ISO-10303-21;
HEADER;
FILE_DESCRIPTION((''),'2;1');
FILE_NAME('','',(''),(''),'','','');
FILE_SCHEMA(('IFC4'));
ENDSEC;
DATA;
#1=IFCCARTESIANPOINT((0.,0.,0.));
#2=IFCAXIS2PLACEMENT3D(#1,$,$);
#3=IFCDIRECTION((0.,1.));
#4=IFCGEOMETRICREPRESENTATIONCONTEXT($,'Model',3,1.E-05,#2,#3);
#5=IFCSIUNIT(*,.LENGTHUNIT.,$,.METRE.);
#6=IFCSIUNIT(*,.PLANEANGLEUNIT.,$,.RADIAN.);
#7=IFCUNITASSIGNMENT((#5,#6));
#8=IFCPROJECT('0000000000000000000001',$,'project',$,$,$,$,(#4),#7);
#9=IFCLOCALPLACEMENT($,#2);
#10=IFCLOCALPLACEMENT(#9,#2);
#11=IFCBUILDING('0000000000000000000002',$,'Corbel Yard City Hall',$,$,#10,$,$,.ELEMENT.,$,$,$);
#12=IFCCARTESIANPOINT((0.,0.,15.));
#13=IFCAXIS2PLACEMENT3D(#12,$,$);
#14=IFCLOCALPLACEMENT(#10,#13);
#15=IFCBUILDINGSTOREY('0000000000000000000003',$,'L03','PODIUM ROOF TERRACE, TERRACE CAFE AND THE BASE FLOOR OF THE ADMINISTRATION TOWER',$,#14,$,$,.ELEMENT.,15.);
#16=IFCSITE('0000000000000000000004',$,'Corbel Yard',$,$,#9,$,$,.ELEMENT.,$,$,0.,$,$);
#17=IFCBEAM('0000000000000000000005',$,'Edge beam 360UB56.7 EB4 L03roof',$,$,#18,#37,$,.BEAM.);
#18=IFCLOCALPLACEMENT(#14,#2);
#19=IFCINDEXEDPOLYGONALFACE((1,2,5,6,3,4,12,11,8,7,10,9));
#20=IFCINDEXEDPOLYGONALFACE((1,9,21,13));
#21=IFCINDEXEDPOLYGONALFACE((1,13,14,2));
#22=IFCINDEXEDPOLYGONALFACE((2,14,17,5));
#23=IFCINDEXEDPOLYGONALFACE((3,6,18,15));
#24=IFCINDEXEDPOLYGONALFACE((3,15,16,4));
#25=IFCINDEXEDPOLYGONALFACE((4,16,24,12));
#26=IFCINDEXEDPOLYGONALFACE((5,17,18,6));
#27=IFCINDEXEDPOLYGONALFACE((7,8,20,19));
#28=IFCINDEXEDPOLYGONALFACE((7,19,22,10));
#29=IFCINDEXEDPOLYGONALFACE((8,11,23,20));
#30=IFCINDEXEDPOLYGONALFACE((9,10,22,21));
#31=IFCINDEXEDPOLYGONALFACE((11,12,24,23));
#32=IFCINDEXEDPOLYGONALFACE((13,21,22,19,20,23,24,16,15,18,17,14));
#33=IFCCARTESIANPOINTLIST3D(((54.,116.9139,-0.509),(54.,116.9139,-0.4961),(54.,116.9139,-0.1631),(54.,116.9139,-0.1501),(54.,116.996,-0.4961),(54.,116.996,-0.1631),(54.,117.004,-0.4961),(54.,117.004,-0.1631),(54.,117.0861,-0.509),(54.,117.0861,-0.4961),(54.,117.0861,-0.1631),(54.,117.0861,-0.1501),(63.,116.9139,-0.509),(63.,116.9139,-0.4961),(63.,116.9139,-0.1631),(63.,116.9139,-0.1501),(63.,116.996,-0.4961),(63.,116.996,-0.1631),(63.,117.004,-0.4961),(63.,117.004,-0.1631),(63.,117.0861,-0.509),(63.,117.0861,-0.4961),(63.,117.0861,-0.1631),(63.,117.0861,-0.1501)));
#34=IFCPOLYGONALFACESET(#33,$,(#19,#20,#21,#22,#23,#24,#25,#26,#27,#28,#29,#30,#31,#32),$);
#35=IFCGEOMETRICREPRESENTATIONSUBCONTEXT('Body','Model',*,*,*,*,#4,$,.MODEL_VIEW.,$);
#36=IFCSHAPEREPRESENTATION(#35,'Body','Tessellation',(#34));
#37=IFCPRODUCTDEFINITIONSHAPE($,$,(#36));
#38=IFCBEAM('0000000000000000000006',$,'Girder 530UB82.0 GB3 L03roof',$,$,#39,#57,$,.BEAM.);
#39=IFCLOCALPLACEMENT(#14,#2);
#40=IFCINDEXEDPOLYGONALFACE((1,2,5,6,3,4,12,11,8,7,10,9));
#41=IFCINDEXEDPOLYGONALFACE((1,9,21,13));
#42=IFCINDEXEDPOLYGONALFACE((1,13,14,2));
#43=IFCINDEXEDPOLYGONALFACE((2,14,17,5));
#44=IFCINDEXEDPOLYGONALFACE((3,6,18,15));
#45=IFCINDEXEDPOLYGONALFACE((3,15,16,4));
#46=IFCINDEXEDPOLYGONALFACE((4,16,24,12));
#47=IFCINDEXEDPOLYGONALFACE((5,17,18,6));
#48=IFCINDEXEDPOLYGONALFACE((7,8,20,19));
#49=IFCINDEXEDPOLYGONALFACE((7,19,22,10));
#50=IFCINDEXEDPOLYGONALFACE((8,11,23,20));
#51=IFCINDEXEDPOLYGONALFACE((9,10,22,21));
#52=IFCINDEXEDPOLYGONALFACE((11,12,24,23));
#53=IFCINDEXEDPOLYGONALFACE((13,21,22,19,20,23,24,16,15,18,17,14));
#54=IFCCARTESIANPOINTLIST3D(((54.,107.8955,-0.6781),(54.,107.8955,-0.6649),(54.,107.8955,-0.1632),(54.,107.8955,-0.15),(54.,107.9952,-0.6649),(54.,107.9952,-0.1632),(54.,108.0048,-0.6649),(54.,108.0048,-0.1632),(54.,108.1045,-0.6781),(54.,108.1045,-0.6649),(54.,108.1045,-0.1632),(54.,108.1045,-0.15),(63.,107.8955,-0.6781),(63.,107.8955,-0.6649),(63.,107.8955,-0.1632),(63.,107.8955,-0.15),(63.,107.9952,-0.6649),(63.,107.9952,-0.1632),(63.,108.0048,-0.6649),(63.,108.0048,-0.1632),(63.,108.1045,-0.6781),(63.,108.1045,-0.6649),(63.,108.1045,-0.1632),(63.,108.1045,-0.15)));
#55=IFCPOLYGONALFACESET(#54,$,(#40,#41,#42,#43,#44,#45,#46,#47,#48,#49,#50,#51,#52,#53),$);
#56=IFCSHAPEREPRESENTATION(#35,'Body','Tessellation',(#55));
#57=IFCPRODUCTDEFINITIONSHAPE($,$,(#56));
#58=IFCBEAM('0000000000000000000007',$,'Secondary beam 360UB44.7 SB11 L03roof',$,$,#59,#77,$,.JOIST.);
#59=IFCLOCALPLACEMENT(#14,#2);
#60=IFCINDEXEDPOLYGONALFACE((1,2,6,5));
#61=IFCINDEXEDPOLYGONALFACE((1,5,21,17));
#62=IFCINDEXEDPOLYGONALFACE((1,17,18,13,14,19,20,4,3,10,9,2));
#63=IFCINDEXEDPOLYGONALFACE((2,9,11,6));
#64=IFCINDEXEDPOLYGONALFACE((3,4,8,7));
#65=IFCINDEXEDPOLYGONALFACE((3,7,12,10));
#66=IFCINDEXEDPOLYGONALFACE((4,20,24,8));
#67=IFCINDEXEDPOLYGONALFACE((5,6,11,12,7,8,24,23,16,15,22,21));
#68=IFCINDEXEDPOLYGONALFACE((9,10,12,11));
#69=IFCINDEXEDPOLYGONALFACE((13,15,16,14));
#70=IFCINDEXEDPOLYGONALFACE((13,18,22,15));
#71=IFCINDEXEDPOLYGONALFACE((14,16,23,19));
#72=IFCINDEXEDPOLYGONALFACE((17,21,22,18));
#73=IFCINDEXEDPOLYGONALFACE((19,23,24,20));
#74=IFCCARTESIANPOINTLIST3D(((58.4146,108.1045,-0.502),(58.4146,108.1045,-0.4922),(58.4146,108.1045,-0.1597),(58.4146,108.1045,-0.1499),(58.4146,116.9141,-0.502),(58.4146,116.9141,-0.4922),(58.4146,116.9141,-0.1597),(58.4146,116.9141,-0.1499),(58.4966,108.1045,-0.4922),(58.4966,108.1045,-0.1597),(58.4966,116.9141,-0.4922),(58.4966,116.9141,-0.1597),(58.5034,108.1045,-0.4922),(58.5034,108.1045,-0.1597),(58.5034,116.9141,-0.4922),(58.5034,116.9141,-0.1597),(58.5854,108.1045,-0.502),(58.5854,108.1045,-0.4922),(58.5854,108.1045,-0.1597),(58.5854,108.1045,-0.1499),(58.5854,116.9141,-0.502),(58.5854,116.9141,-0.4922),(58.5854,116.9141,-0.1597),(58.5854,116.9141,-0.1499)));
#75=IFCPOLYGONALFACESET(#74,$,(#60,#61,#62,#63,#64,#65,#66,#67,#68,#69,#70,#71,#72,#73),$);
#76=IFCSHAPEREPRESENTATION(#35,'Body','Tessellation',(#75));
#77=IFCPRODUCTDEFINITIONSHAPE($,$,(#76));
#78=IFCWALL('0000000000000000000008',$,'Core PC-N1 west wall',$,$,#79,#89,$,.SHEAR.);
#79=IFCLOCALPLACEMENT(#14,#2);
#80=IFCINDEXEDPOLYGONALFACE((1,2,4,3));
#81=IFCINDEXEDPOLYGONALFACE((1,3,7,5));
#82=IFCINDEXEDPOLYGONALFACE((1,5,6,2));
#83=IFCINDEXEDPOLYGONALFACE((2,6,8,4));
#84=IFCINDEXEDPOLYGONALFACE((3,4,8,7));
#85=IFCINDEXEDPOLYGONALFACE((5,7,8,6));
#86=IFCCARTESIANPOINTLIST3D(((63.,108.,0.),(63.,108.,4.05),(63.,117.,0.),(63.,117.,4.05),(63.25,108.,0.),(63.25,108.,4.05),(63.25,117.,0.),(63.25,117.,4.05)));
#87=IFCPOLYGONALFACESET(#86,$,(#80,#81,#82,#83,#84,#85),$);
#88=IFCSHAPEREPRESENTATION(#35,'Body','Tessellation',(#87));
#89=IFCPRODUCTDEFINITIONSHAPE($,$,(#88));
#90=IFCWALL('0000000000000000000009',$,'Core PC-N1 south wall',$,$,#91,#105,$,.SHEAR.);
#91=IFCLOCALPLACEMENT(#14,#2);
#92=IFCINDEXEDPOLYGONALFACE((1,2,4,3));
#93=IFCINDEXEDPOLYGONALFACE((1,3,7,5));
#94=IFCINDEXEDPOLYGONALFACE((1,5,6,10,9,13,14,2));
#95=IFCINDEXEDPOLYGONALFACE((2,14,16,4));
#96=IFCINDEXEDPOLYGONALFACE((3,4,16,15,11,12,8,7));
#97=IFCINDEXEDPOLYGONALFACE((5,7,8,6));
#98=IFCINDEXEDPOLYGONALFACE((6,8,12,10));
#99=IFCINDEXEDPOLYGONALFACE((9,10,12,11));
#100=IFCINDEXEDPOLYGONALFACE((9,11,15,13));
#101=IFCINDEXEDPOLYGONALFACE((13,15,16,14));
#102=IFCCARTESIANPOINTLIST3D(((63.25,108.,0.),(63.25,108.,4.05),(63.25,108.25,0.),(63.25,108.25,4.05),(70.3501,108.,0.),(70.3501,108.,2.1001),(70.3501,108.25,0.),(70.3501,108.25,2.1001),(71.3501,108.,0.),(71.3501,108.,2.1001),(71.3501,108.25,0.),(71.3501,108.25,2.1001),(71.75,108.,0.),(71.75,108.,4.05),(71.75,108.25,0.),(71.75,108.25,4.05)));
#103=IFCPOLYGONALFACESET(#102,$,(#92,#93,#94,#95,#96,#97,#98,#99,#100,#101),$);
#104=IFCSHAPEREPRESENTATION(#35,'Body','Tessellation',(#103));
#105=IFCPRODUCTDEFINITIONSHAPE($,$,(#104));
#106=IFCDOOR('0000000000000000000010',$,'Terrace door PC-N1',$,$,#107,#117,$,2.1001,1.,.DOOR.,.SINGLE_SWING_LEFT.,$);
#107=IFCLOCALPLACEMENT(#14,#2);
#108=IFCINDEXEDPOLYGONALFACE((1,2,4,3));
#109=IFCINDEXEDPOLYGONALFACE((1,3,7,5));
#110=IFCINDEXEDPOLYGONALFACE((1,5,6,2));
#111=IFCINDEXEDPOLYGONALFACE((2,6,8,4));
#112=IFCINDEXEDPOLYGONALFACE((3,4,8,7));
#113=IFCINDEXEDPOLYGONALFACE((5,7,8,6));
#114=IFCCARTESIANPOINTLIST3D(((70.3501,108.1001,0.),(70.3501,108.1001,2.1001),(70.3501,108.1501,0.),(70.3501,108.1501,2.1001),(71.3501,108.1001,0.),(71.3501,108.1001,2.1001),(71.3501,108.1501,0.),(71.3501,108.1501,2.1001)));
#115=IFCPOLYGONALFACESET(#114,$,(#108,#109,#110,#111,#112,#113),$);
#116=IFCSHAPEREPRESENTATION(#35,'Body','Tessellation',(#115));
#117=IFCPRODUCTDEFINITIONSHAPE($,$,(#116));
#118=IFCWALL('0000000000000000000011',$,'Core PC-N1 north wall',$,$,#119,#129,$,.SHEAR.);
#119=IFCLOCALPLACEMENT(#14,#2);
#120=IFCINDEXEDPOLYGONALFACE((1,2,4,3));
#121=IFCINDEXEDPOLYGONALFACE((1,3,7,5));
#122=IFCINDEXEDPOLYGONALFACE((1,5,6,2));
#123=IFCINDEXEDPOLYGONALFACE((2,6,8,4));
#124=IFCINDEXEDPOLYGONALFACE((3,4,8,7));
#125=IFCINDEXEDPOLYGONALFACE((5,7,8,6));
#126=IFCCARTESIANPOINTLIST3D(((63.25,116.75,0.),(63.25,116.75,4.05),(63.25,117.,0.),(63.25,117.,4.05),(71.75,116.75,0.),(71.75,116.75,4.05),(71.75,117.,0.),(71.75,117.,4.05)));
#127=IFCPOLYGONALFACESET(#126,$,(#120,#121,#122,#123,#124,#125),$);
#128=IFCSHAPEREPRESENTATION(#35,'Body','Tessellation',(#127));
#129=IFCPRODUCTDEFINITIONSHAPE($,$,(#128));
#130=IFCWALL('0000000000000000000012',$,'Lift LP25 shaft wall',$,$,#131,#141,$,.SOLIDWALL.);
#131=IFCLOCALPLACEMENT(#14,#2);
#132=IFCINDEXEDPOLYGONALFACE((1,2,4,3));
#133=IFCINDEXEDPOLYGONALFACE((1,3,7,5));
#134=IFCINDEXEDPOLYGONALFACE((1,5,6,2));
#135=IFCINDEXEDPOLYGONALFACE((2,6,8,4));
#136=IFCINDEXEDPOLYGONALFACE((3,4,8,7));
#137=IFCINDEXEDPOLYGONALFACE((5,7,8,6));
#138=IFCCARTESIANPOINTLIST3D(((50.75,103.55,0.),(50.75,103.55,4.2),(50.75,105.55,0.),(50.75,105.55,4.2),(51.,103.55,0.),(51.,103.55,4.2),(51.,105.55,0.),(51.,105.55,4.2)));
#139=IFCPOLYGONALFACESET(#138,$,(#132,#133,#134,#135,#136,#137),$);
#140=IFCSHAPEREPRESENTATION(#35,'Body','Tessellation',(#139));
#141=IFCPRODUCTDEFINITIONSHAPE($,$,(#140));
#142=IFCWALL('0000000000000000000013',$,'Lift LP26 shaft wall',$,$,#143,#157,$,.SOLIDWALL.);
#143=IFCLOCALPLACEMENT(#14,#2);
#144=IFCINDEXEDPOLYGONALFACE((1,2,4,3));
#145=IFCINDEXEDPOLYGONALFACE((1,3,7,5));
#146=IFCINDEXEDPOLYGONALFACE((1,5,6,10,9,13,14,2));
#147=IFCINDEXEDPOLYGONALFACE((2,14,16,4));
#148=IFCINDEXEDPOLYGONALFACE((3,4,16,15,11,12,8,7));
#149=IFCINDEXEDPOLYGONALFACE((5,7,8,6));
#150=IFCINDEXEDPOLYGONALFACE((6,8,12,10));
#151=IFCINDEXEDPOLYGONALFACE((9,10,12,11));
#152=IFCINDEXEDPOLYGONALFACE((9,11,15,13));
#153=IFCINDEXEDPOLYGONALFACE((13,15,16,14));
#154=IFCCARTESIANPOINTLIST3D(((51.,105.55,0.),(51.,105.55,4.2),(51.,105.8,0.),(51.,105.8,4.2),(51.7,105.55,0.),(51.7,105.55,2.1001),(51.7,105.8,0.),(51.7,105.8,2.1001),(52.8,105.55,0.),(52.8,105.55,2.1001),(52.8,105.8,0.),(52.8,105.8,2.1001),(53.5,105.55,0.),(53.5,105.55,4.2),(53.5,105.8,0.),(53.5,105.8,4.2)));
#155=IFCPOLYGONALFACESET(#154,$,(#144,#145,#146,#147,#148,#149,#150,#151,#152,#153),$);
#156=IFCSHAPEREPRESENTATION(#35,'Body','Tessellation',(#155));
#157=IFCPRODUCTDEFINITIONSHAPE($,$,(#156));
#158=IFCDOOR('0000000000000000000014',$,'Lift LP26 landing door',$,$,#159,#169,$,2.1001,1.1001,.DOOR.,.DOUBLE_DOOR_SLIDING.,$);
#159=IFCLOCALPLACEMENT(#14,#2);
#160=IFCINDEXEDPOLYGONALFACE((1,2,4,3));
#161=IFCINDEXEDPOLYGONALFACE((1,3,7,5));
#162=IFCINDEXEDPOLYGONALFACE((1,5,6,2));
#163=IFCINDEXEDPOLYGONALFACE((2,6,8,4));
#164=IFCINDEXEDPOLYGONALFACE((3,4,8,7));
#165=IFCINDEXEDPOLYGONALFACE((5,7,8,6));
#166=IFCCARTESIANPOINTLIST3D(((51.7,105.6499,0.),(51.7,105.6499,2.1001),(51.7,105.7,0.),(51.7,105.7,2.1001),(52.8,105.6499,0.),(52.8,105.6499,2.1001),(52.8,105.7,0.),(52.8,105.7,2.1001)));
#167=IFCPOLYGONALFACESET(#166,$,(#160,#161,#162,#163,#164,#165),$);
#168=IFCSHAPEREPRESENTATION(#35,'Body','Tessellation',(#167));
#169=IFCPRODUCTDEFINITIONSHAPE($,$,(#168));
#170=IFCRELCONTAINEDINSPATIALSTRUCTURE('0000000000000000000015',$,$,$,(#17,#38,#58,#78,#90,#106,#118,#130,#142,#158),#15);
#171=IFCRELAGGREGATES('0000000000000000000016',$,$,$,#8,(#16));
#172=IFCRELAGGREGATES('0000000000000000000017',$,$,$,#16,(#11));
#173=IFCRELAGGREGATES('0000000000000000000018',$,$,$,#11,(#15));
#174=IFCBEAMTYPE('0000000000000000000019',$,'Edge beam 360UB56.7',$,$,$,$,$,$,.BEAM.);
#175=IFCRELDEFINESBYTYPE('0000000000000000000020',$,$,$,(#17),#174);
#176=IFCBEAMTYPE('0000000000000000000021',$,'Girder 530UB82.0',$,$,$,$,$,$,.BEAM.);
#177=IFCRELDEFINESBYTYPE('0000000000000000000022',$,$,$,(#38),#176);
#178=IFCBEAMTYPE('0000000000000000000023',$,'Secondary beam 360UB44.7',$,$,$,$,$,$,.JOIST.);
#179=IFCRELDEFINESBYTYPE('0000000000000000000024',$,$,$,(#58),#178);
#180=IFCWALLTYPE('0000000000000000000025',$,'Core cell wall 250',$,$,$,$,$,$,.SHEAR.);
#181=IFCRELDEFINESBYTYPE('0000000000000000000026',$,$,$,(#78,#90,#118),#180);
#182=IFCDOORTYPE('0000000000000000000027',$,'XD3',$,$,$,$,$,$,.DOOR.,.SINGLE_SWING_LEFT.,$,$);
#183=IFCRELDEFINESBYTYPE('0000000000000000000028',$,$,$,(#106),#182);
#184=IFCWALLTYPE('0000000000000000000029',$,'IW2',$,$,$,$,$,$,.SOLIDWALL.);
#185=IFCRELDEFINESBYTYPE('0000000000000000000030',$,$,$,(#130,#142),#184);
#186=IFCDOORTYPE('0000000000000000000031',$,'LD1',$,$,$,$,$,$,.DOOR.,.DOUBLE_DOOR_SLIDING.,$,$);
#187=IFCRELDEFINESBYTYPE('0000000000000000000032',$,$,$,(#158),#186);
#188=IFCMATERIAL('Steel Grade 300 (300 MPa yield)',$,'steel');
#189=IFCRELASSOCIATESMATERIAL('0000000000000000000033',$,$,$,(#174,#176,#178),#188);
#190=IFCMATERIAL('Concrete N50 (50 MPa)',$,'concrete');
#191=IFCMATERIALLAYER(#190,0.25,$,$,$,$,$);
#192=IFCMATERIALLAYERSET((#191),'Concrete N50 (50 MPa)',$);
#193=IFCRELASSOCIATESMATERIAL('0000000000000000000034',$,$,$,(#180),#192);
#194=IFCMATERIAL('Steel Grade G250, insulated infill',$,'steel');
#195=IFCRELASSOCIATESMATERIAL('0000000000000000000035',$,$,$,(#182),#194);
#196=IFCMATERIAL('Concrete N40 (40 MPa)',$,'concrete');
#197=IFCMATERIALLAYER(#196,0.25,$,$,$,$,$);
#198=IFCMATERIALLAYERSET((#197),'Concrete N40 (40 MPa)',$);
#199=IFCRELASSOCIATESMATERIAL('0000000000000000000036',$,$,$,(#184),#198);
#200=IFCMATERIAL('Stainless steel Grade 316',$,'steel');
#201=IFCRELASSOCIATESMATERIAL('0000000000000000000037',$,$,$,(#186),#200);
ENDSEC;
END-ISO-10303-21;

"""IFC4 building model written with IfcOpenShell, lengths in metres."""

from ifc_helpers import new_model, si_unit, direction, frame, frame_2d, origin, origin_2d, place, context, subcontext, project, spatial, rectangle, i_section, extrude, material, layer, layer_set, material_profile, profile_set, type_object, element, fill, save


model = new_model("IFC4")

# Units and contexts
model_context = context("Model", 3, precision=1e-05, world=origin(), true_north=direction((0.0, 1.0)))
body_context = subcontext(model_context, "Body", "Model", "MODEL_VIEW")
ifc_project = project(units=[si_unit("LENGTHUNIT", "METRE"), si_unit("PLANEANGLEUNIT", "RADIAN")], contexts=[model_context])

# Site, building, storey
site_placement = place(None, origin())
site = spatial("IfcSite", under=ifc_project, at=site_placement, Name="Corbel Yard", CompositionType="ELEMENT", RefElevation=0.0)
building_placement = place(site_placement, origin())
building = spatial("IfcBuilding", under=site, at=building_placement, Name="Corbel Yard City Hall", CompositionType="ELEMENT")
storey_placement = place(building_placement, frame((0.0, 0.0, 15.0)))
storey = spatial("IfcBuildingStorey", under=building, at=storey_placement, Name="L03", Description="PODIUM ROOF TERRACE, TERRACE CAFE AND THE BASE FLOOR OF THE ADMINISTRATION TOWER", CompositionType="ELEMENT", Elevation=15.0)

# Beams
ifc_material_1 = material(Name="Steel Grade 300 (300 MPa yield)", Category="steel")
ifc_material_profile_1 = material_profile(ifc_material_1, i_section(OverallWidth=0.1721, OverallDepth=0.3589, WebThickness=0.0081, FlangeThickness=0.0129, at=origin_2d()), Name="360UB56.7")
ifc_profile_set_1 = profile_set([ifc_material_profile_1], Name="Steel Grade 300 (300 MPa yield)")
beam_type_1 = type_object("IfcBeamType", Name="Edge beam 360UB56.7", PredefinedType="BEAM", material=ifc_profile_set_1)
beam_1_placement = place(storey_placement, frame((54.0, 117.0, -0.3296), z_axis=(1.0, 0.0, 0.0), x_axis=(0.0, 1.0, 0.0)))
element("IfcBeam", 1, at=beam_1_placement, inside=storey, type_object=beam_type_1, Name="Edge beam 360UB56.7 EB4 L03roof", PredefinedType="BEAM", context=body_context, shape_type="SweptSolid", body=[
    extrude(i_section(OverallWidth=0.1721, OverallDepth=0.3589, WebThickness=0.0081, FlangeThickness=0.0129, at=origin_2d()), origin(), (0.0, 0.0, 1.0), 9.0),
])
ifc_material_profile_2 = material_profile(ifc_material_1, i_section(OverallWidth=0.209, OverallDepth=0.5281, WebThickness=0.0095, FlangeThickness=0.0132, at=origin_2d()), Name="530UB82.0")
ifc_profile_set_2 = profile_set([ifc_material_profile_2], Name="Steel Grade 300 (300 MPa yield)")
beam_type_2 = type_object("IfcBeamType", Name="Girder 530UB82.0", PredefinedType="BEAM", material=ifc_profile_set_2)
beam_2_placement = place(storey_placement, frame((54.0, 108.0, -0.4141), z_axis=(1.0, 0.0, 0.0), x_axis=(0.0, 1.0, 0.0)))
element("IfcBeam", 2, at=beam_2_placement, inside=storey, type_object=beam_type_2, Name="Girder 530UB82.0 GB3 L03roof", PredefinedType="BEAM", context=body_context, shape_type="SweptSolid", body=[
    extrude(i_section(OverallWidth=0.209, OverallDepth=0.5281, WebThickness=0.0095, FlangeThickness=0.0132, at=origin_2d()), origin(), (0.0, 0.0, 1.0), 9.0),
])
ifc_material_profile_3 = material_profile(ifc_material_1, i_section(OverallWidth=0.1709, OverallDepth=0.3521, WebThickness=0.0068, FlangeThickness=0.0098, at=origin_2d()), Name="360UB44.7")
ifc_profile_set_3 = profile_set([ifc_material_profile_3], Name="Steel Grade 300 (300 MPa yield)")
beam_type_3 = type_object("IfcBeamType", Name="Secondary beam 360UB44.7", PredefinedType="JOIST", material=ifc_profile_set_3)
beam_3_placement = place(storey_placement, frame((58.5, 108.1045, -0.3259), z_axis=(0.0, 1.0, 0.0), x_axis=(-1.0, 0.0, 0.0)))
element("IfcBeam", 3, at=beam_3_placement, inside=storey, type_object=beam_type_3, Name="Secondary beam 360UB44.7 SB11 L03roof", PredefinedType="JOIST", context=body_context, shape_type="SweptSolid", body=[
    extrude(i_section(OverallWidth=0.1709, OverallDepth=0.3521, WebThickness=0.0068, FlangeThickness=0.0098, at=origin_2d()), origin(), (0.0, 0.0, 1.0), 8.8096),
])

# Wall
ifc_material_2 = material(Name="Concrete N50 (50 MPa)", Category="concrete")
ifc_layer_1 = layer(ifc_material_2, 0.25)
ifc_layer_set_1 = layer_set([ifc_layer_1], Name="Concrete N50 (50 MPa)")
wall_type_1 = type_object("IfcWallType", Name="Core cell wall 250", PredefinedType="SHEAR", material=ifc_layer_set_1)
wall_1_placement = place(storey_placement, frame((63.125, 108.0, 0.0), z_axis=(0.0, 0.0, 1.0), x_axis=(0.0, 1.0, 0.0)))
element("IfcWall", 4, at=wall_1_placement, inside=storey, type_object=wall_type_1, Name="Core PC-N1 west wall", PredefinedType="SHEAR", context=body_context, shape_type="SweptSolid", body=[
    extrude(rectangle(XDim=9.0, YDim=0.25, at=frame_2d((4.5, 0.0))), origin(), (0.0, 0.0, 1.0), 4.05),
])

# Wall, opening, door
wall_2_placement = place(storey_placement, frame((63.25, 108.125, 0.0), z_axis=(0.0, 0.0, 1.0), x_axis=(1.0, 0.0, 0.0)))
wall_2 = element("IfcWall", 5, at=wall_2_placement, inside=storey, type_object=wall_type_1, Name="Core PC-N1 south wall", PredefinedType="SHEAR", context=body_context, shape_type="SweptSolid", body=[
    extrude(rectangle(XDim=8.5, YDim=0.25, at=frame_2d((4.25, 0.0))), origin(), (0.0, 0.0, 1.0), 4.05),
])
opening_1_placement = place(wall_2_placement, frame((7.1001, 0.0, 0.0)))
opening_1 = element("IfcOpeningElement", 6, at=opening_1_placement, cuts=wall_2, PredefinedType="OPENING", context=body_context, shape_type="SweptSolid", body=[
    extrude(rectangle(XDim=1.0, YDim=2.1001, at=frame_2d((0.5, 1.05))), frame((0.0, 0.135, 0.0), z_axis=(0.0, -1.0, 0.0), x_axis=(1.0, 0.0, 0.0)), (0.0, 0.0, 1.0), 0.27),
])
ifc_material_3 = material(Name="Steel Grade G250, insulated infill", Category="steel")
door_type_1 = type_object("IfcDoorType", Name="XD3", OperationType="SINGLE_SWING_LEFT", PredefinedType="DOOR", material=ifc_material_3)
door_1_placement = place(opening_1_placement, frame((1.0, 0.0, 0.0), z_axis=(0.0, 0.0, 1.0), x_axis=(-1.0, 0.0, 0.0)))
door_1 = element("IfcDoor", 7, at=door_1_placement, inside=storey, type_object=door_type_1, Name="Terrace door PC-N1", OperationType="SINGLE_SWING_LEFT", OverallHeight=2.1001, OverallWidth=1.0, PredefinedType="DOOR", context=body_context, shape_type="SweptSolid", body=[
    extrude(rectangle(XDim=1.0, YDim=2.1001, at=frame_2d((0.5, 1.05))), frame((0.0, 0.0249, 0.0), z_axis=(0.0, -1.0, 0.0), x_axis=(1.0, 0.0, 0.0)), (0.0, 0.0, 1.0), 0.05),
])
fill(opening_1, door_1)

# Walls
wall_3_placement = place(storey_placement, frame((63.25, 116.875, 0.0), z_axis=(0.0, 0.0, 1.0), x_axis=(1.0, 0.0, 0.0)))
element("IfcWall", 8, at=wall_3_placement, inside=storey, type_object=wall_type_1, Name="Core PC-N1 north wall", PredefinedType="SHEAR", context=body_context, shape_type="SweptSolid", body=[
    extrude(rectangle(XDim=8.5, YDim=0.25, at=frame_2d((4.25, 0.0))), origin(), (0.0, 0.0, 1.0), 4.05),
])
ifc_material_4 = material(Name="Concrete N40 (40 MPa)", Category="concrete")
ifc_layer_2 = layer(ifc_material_4, 0.25)
ifc_layer_set_2 = layer_set([ifc_layer_2], Name="Concrete N40 (40 MPa)")
wall_type_2 = type_object("IfcWallType", Name="IW2", PredefinedType="SOLIDWALL", material=ifc_layer_set_2)
wall_4_placement = place(storey_placement, frame((50.875, 103.55, 0.0), z_axis=(0.0, 0.0, 1.0), x_axis=(0.0, 1.0, 0.0)))
element("IfcWall", 9, at=wall_4_placement, inside=storey, type_object=wall_type_2, Name="Lift LP25 shaft wall", PredefinedType="SOLIDWALL", context=body_context, shape_type="SweptSolid", body=[
    extrude(rectangle(XDim=2.0, YDim=0.25, at=frame_2d((1.0, 0.0))), origin(), (0.0, 0.0, 1.0), 4.2),
])

# Wall, opening, door
wall_5_placement = place(storey_placement, frame((51.0, 105.675, 0.0), z_axis=(0.0, 0.0, 1.0), x_axis=(1.0, 0.0, 0.0)))
wall_5 = element("IfcWall", 10, at=wall_5_placement, inside=storey, type_object=wall_type_2, Name="Lift LP26 shaft wall", PredefinedType="SOLIDWALL", context=body_context, shape_type="SweptSolid", body=[
    extrude(rectangle(XDim=2.5, YDim=0.25, at=frame_2d((1.25, 0.0))), origin(), (0.0, 0.0, 1.0), 4.2),
])
opening_2_placement = place(wall_5_placement, frame((0.7, 0.0, 0.0)))
opening_2 = element("IfcOpeningElement", 11, at=opening_2_placement, cuts=wall_5, PredefinedType="OPENING", context=body_context, shape_type="SweptSolid", body=[
    extrude(rectangle(XDim=1.1001, YDim=2.1001, at=frame_2d((0.55, 1.05))), frame((0.0, 0.135, 0.0), z_axis=(0.0, -1.0, 0.0), x_axis=(1.0, 0.0, 0.0)), (0.0, 0.0, 1.0), 0.27),
])
ifc_material_5 = material(Name="Stainless steel Grade 316", Category="steel")
door_type_2 = type_object("IfcDoorType", Name="LD1", OperationType="DOUBLE_DOOR_SLIDING", PredefinedType="DOOR", material=ifc_material_5)
door_2_placement = place(opening_2_placement, origin())
door_2 = element("IfcDoor", 12, at=door_2_placement, inside=storey, type_object=door_type_2, Name="Lift LP26 landing door", OperationType="DOUBLE_DOOR_SLIDING", OverallHeight=2.1001, OverallWidth=1.1001, PredefinedType="DOOR", context=body_context, shape_type="SweptSolid", body=[
    extrude(rectangle(XDim=1.1001, YDim=2.1001, at=frame_2d((0.55, 1.05))), frame((0.0, 0.0249, 0.0), z_axis=(0.0, -1.0, 0.0), x_axis=(1.0, 0.0, 0.0)), (0.0, 0.0, 1.0), 0.05),
])
fill(opening_2, door_2)

save(model, "model.ifc")
